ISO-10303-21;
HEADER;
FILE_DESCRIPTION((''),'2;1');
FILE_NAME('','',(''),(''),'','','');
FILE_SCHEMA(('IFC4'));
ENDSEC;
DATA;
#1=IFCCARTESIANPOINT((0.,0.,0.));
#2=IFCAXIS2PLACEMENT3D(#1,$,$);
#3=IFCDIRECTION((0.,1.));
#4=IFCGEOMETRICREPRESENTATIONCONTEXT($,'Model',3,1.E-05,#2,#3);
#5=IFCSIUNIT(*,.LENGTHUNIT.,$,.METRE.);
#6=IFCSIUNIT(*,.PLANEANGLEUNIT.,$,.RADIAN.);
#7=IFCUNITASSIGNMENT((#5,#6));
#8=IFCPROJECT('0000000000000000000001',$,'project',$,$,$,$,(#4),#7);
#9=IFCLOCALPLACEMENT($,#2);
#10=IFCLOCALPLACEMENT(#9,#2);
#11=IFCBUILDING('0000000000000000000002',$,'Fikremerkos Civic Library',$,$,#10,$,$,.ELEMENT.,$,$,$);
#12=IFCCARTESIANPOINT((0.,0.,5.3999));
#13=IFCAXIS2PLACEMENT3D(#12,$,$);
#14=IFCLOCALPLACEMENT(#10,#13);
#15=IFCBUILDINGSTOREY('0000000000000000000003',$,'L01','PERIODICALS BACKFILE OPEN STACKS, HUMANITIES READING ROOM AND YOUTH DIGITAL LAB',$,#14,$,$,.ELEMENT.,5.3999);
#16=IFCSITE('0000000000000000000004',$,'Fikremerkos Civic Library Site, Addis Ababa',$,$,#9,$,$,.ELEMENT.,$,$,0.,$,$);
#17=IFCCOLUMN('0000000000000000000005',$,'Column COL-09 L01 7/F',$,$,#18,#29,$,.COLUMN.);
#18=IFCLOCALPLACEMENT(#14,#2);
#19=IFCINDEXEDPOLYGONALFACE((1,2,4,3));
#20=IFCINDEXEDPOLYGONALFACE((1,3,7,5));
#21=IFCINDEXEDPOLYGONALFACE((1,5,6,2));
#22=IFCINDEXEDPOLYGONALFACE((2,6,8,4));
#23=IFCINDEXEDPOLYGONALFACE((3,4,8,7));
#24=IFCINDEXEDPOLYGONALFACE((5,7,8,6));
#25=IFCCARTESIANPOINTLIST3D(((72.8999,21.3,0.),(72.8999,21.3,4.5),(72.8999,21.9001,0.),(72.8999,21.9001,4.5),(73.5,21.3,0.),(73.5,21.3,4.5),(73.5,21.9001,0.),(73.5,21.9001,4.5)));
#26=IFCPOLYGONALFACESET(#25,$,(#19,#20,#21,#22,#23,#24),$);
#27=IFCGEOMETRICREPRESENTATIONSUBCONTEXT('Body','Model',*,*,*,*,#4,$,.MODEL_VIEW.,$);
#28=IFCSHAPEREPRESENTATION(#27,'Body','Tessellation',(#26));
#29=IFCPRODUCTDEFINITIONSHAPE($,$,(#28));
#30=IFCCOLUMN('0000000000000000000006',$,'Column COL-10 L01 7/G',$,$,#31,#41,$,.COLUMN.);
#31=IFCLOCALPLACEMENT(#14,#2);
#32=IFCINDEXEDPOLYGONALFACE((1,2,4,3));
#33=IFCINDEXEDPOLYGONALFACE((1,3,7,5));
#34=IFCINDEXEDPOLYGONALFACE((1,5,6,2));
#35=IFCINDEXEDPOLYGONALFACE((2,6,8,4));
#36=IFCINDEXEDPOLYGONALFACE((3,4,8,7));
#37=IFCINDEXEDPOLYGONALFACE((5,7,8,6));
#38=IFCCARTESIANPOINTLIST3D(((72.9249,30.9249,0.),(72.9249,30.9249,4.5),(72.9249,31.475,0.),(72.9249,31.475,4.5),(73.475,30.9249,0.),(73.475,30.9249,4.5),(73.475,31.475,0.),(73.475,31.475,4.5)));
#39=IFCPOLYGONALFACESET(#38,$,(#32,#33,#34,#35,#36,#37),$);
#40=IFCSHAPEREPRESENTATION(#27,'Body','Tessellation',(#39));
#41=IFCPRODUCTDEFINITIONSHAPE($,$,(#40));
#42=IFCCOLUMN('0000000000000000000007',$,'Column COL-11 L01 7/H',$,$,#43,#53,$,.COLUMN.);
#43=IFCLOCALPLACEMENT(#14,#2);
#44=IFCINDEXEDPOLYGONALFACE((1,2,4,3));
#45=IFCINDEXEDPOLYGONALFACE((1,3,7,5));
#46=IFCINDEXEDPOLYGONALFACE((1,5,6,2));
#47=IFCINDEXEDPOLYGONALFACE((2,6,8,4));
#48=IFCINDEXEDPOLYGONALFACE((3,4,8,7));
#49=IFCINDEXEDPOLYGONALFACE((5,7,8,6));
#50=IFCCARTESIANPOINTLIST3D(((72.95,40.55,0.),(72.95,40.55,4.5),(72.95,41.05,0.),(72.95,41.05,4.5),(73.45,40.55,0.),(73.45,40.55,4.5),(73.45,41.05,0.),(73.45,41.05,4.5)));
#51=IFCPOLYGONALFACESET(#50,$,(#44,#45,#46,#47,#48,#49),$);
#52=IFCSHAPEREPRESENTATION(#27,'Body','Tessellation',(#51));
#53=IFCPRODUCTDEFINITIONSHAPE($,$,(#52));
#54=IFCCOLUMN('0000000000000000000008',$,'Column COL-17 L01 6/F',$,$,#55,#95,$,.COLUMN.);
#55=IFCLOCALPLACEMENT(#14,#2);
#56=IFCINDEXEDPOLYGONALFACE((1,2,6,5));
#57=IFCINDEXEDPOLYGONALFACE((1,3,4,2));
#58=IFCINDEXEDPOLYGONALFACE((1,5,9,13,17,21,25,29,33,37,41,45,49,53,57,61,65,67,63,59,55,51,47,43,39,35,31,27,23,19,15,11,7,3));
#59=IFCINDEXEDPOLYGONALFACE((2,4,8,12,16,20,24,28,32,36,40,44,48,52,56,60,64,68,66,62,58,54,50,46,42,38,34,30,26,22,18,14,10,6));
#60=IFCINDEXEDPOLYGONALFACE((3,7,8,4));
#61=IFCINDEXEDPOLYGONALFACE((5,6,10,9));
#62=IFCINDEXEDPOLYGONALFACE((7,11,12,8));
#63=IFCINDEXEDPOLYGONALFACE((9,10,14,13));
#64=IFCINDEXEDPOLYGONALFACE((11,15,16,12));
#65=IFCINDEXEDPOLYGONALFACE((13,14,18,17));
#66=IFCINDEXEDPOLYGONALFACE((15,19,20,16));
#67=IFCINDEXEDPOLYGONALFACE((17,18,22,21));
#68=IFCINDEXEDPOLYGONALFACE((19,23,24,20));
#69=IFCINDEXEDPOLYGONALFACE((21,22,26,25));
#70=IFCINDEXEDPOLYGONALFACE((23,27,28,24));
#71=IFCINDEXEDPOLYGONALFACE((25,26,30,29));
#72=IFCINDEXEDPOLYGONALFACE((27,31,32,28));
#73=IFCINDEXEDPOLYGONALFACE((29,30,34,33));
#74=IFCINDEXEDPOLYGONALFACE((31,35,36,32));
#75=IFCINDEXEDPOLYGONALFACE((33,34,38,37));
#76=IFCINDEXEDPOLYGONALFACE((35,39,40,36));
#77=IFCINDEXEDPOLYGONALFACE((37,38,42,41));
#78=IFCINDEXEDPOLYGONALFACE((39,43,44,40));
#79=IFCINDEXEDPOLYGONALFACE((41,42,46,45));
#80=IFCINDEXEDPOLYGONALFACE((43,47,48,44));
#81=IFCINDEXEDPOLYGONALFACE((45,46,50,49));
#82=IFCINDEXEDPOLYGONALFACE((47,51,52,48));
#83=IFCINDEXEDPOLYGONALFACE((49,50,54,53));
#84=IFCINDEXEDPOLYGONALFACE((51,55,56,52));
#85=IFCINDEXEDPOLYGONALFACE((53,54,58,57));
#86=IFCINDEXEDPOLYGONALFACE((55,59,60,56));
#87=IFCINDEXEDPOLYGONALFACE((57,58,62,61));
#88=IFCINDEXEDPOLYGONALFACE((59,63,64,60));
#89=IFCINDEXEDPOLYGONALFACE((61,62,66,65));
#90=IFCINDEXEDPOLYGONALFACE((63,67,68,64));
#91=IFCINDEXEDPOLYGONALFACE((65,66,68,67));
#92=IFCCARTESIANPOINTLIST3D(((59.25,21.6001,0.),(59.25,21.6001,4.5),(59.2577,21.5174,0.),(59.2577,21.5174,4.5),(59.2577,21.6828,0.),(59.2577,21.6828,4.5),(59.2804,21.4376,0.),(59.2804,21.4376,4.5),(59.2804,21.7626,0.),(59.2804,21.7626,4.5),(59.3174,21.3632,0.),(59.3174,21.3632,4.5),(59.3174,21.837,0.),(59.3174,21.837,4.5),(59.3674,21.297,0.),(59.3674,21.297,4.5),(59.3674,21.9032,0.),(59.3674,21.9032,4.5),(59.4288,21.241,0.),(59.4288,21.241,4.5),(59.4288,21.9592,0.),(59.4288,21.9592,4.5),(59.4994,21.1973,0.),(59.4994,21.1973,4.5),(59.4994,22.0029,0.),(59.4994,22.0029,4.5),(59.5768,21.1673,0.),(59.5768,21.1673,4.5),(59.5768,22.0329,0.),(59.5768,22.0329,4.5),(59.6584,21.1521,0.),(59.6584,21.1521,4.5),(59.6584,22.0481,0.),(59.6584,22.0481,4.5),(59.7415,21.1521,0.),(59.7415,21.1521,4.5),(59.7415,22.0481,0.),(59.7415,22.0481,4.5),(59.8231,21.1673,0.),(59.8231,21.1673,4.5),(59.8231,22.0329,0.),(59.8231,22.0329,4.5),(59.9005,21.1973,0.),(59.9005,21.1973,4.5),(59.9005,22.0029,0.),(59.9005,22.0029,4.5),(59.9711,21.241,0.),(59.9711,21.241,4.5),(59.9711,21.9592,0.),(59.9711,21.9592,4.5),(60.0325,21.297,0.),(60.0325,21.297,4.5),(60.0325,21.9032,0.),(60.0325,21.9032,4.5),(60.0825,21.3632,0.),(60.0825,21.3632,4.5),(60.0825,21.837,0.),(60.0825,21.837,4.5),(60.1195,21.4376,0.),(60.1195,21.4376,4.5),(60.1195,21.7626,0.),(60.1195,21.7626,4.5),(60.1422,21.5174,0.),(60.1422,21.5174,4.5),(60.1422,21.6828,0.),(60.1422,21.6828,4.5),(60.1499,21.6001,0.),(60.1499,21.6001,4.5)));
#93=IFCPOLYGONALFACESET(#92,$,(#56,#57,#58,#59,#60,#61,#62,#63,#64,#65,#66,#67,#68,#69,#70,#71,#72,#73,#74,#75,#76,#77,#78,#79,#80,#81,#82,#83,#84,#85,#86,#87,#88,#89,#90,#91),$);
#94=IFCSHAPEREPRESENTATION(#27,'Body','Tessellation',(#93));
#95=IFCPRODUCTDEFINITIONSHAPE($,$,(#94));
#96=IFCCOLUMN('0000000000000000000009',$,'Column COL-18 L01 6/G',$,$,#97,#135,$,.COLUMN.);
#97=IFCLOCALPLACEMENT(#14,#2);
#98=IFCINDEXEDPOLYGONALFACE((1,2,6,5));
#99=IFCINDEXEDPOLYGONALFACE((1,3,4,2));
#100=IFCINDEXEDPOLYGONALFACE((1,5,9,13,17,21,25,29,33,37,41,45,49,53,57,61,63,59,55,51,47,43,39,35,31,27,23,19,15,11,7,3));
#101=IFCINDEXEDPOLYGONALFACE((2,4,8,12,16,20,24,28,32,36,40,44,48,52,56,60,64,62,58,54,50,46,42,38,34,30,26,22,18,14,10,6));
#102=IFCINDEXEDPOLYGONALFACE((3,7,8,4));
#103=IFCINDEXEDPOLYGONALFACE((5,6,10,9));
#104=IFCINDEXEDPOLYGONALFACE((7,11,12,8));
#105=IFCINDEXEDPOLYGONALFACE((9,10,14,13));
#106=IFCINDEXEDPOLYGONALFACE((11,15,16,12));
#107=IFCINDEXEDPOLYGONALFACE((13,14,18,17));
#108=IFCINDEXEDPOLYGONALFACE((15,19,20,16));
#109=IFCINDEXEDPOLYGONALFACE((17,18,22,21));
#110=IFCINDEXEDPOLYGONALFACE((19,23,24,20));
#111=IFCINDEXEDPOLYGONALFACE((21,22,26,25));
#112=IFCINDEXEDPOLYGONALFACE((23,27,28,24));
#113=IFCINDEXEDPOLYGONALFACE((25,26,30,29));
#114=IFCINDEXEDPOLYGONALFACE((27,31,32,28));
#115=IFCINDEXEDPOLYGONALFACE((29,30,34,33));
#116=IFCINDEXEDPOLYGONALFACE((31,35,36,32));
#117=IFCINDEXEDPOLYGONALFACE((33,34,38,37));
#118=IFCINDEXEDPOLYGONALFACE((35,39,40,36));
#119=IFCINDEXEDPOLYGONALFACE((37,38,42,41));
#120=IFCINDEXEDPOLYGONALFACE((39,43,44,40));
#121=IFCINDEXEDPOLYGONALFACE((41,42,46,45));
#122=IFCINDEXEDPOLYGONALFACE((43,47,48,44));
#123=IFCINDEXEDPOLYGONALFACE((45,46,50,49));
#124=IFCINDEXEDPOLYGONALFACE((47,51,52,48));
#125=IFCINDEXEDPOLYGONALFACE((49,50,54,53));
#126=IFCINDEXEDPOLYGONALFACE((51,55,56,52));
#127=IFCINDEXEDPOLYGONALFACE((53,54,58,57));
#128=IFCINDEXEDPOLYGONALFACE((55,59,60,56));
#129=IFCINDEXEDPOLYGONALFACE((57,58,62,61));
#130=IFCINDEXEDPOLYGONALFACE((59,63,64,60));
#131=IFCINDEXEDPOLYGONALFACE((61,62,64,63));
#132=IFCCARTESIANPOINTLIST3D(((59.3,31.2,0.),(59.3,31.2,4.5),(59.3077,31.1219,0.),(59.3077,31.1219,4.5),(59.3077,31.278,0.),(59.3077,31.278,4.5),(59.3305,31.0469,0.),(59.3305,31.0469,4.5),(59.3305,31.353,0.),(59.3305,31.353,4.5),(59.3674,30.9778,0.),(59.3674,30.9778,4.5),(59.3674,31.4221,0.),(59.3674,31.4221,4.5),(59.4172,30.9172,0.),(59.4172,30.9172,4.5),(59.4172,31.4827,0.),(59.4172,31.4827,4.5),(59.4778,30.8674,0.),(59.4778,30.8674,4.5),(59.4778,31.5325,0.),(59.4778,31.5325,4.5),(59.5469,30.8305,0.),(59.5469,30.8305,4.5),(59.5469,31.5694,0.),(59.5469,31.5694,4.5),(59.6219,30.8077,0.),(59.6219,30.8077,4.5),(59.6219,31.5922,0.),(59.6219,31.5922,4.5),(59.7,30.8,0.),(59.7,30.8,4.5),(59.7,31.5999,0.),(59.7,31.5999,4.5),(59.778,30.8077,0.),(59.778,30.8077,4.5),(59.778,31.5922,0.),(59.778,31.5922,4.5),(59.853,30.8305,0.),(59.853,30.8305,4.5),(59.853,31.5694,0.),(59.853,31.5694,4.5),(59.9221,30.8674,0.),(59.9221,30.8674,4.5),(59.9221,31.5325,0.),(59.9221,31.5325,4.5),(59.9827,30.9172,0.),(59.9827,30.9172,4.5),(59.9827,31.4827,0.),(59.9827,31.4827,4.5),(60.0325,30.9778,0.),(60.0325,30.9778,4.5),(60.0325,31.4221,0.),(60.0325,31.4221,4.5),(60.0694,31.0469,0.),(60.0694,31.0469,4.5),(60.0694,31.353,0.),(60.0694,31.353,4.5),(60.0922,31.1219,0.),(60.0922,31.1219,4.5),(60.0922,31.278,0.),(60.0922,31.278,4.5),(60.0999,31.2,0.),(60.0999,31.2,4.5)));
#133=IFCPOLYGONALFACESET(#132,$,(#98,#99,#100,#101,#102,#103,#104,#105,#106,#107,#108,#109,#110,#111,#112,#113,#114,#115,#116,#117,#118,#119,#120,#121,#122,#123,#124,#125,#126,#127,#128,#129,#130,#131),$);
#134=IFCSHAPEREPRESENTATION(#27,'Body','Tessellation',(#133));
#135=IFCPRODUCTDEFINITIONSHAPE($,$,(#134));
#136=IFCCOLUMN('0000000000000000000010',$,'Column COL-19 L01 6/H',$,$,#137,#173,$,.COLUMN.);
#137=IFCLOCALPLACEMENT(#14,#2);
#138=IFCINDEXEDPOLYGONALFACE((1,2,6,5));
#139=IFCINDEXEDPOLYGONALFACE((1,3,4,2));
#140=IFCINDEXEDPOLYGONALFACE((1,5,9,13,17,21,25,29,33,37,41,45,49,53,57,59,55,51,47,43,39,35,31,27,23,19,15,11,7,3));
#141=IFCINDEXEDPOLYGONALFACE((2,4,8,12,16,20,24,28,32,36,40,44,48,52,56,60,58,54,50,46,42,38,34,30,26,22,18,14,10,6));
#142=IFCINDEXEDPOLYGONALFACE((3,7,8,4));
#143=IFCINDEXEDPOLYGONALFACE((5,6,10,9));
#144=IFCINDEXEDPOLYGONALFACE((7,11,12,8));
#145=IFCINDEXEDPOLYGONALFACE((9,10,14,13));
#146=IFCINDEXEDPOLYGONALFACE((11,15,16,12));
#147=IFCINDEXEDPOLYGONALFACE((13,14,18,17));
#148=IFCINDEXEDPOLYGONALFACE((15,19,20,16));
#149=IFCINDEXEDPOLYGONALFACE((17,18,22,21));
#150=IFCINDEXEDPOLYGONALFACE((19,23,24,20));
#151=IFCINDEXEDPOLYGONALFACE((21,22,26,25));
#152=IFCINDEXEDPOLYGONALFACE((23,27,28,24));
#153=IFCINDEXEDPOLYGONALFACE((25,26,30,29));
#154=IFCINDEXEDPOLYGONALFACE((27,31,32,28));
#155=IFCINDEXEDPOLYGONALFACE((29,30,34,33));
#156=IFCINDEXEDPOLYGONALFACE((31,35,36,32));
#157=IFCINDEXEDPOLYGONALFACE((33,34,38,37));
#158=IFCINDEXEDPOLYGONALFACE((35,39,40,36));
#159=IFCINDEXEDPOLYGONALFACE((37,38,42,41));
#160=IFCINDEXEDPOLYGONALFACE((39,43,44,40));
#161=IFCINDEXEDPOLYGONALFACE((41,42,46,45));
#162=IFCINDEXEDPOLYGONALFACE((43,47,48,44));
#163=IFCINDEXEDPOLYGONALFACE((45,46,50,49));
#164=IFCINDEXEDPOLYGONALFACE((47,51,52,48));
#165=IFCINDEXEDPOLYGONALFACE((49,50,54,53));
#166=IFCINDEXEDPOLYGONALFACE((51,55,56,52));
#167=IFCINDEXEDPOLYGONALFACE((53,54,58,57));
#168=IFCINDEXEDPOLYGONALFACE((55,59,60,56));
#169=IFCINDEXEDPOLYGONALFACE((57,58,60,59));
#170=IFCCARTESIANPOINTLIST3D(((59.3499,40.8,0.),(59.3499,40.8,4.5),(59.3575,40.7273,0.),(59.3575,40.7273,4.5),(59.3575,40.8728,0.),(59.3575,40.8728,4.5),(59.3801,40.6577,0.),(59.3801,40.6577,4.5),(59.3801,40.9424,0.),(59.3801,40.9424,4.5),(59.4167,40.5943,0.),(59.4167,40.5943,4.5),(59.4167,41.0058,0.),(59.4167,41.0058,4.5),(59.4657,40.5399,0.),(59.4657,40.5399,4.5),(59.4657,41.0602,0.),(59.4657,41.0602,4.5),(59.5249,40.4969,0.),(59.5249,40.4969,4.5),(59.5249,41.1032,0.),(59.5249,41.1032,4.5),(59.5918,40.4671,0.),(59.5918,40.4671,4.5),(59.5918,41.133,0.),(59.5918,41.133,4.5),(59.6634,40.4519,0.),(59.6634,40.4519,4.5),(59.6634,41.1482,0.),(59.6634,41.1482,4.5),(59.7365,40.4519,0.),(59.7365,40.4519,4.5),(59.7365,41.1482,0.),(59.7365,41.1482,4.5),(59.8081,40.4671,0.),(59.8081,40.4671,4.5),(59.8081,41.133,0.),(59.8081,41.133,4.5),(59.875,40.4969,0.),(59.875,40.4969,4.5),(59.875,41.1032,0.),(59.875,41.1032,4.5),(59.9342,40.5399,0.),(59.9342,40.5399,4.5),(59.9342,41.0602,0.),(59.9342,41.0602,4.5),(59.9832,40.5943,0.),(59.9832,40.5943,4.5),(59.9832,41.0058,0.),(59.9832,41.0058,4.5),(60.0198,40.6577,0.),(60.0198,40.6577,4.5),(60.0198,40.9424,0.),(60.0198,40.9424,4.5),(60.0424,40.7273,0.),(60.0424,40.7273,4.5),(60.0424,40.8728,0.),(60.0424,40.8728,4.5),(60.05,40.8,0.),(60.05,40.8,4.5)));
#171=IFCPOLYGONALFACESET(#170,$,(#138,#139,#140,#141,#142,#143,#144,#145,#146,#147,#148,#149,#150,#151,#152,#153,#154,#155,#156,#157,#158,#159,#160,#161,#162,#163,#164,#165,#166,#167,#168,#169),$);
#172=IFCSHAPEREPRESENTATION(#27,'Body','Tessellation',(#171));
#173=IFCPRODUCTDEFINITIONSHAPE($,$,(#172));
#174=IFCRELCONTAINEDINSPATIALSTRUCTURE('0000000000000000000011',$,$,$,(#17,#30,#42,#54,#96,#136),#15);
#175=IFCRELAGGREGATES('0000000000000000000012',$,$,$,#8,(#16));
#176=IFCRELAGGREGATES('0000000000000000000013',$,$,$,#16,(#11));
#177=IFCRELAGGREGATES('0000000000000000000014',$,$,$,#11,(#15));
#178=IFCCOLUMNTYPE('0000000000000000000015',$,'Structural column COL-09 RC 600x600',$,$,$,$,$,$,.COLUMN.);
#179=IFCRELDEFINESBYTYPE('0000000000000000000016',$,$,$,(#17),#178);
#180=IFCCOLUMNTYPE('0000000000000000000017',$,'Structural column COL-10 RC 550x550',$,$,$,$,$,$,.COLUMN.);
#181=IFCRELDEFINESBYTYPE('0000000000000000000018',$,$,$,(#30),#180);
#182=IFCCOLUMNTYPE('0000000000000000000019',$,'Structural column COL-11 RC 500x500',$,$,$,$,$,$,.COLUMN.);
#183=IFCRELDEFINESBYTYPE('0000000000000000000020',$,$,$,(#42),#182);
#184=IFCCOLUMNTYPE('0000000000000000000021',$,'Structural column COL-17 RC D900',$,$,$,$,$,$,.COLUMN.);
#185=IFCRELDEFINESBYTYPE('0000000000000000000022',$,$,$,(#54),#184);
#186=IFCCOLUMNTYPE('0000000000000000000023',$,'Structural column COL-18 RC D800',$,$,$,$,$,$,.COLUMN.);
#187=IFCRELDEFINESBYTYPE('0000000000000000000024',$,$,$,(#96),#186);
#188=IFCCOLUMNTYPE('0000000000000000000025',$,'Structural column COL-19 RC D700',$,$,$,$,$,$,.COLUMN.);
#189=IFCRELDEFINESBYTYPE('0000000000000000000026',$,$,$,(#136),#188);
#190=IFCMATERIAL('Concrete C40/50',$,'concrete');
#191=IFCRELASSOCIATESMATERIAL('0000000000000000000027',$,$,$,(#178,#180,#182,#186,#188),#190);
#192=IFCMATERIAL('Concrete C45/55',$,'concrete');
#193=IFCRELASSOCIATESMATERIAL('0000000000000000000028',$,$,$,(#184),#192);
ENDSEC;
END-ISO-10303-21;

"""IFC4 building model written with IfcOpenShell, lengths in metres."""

from ifc_helpers import new_model, si_unit, direction, frame, origin, origin_2d, place, context, subcontext, project, spatial, rectangle, circle, extrude, material, material_profile, profile_set, type_object, element, save


model = new_model("IFC4")

# Units and contexts
model_context = context("Model", 3, precision=1e-05, world=origin(), true_north=direction((0.0, 1.0)))
body_context = subcontext(model_context, "Body", "Model", "MODEL_VIEW")
ifc_project = project(units=[si_unit("LENGTHUNIT", "METRE"), si_unit("PLANEANGLEUNIT", "RADIAN")], contexts=[model_context])

# Site, building, storey
site_placement = place(None, origin())
site = spatial("IfcSite", under=ifc_project, at=site_placement, Name="Fikremerkos Civic Library Site, Addis Ababa", CompositionType="ELEMENT", RefElevation=0.0)
building_placement = place(site_placement, origin())
building = spatial("IfcBuilding", under=site, at=building_placement, Name="Fikremerkos Civic Library", CompositionType="ELEMENT")
storey_placement = place(building_placement, frame((0.0, 0.0, 5.3999)))
storey = spatial("IfcBuildingStorey", under=building, at=storey_placement, Name="L01", Description="PERIODICALS BACKFILE OPEN STACKS, HUMANITIES READING ROOM AND YOUTH DIGITAL LAB", CompositionType="ELEMENT", Elevation=5.3999)

# Columns
ifc_material_1 = material(Name="Concrete C40/50", Category="concrete")
ifc_material_profile_1 = material_profile(ifc_material_1, rectangle(XDim=0.6001, YDim=0.6001, at=origin_2d()), Name="RC 600x600")
ifc_profile_set_1 = profile_set([ifc_material_profile_1], Name="Concrete C40/50")
column_type_1 = type_object("IfcColumnType", Name="Structural column COL-09 RC 600x600", PredefinedType="COLUMN", material=ifc_profile_set_1)
column_1_placement = place(storey_placement, frame((73.2, 21.6001, 0.0), z_axis=(0.0, 0.0, 1.0), x_axis=(1.0, 0.0, 0.0)))
element("IfcColumn", 1, at=column_1_placement, inside=storey, type_object=column_type_1, Name="Column COL-09 L01 7/F", PredefinedType="COLUMN", context=body_context, shape_type="SweptSolid", body=[
    extrude(rectangle(XDim=0.6001, YDim=0.6001, at=origin_2d()), origin(), (0.0, 0.0, 1.0), 4.5),
])
ifc_material_profile_2 = material_profile(ifc_material_1, rectangle(XDim=0.55, YDim=0.55, at=origin_2d()), Name="RC 550x550")
ifc_profile_set_2 = profile_set([ifc_material_profile_2], Name="Concrete C40/50")
column_type_2 = type_object("IfcColumnType", Name="Structural column COL-10 RC 550x550", PredefinedType="COLUMN", material=ifc_profile_set_2)
column_2_placement = place(storey_placement, frame((73.2, 31.2, 0.0), z_axis=(0.0, 0.0, 1.0), x_axis=(1.0, 0.0, 0.0)))
element("IfcColumn", 2, at=column_2_placement, inside=storey, type_object=column_type_2, Name="Column COL-10 L01 7/G", PredefinedType="COLUMN", context=body_context, shape_type="SweptSolid", body=[
    extrude(rectangle(XDim=0.55, YDim=0.55, at=origin_2d()), origin(), (0.0, 0.0, 1.0), 4.5),
])
ifc_material_profile_3 = material_profile(ifc_material_1, rectangle(XDim=0.5, YDim=0.5, at=origin_2d()), Name="RC 500x500")
ifc_profile_set_3 = profile_set([ifc_material_profile_3], Name="Concrete C40/50")
column_type_3 = type_object("IfcColumnType", Name="Structural column COL-11 RC 500x500", PredefinedType="COLUMN", material=ifc_profile_set_3)
column_3_placement = place(storey_placement, frame((73.2, 40.8, 0.0), z_axis=(0.0, 0.0, 1.0), x_axis=(1.0, 0.0, 0.0)))
element("IfcColumn", 3, at=column_3_placement, inside=storey, type_object=column_type_3, Name="Column COL-11 L01 7/H", PredefinedType="COLUMN", context=body_context, shape_type="SweptSolid", body=[
    extrude(rectangle(XDim=0.5, YDim=0.5, at=origin_2d()), origin(), (0.0, 0.0, 1.0), 4.5),
])
ifc_material_2 = material(Name="Concrete C45/55", Category="concrete")
ifc_material_profile_4 = material_profile(ifc_material_2, circle(Radius=0.45, at=origin_2d()), Name="RC D900")
ifc_profile_set_4 = profile_set([ifc_material_profile_4], Name="Concrete C45/55")
column_type_4 = type_object("IfcColumnType", Name="Structural column COL-17 RC D900", PredefinedType="COLUMN", material=ifc_profile_set_4)
column_4_placement = place(storey_placement, frame((59.7, 21.6001, 0.0), z_axis=(0.0, 0.0, 1.0), x_axis=(1.0, 0.0, 0.0)))
element("IfcColumn", 4, at=column_4_placement, inside=storey, type_object=column_type_4, Name="Column COL-17 L01 6/F", PredefinedType="COLUMN", context=body_context, shape_type="SweptSolid", body=[
    extrude(circle(Radius=0.45, at=origin_2d()), origin(), (0.0, 0.0, 1.0), 4.5),
])
ifc_material_profile_5 = material_profile(ifc_material_1, circle(Radius=0.3999, at=origin_2d()), Name="RC D800")
ifc_profile_set_5 = profile_set([ifc_material_profile_5], Name="Concrete C40/50")
column_type_5 = type_object("IfcColumnType", Name="Structural column COL-18 RC D800", PredefinedType="COLUMN", material=ifc_profile_set_5)
column_5_placement = place(storey_placement, frame((59.7, 31.2, 0.0), z_axis=(0.0, 0.0, 1.0), x_axis=(1.0, 0.0, 0.0)))
element("IfcColumn", 5, at=column_5_placement, inside=storey, type_object=column_type_5, Name="Column COL-18 L01 6/G", PredefinedType="COLUMN", context=body_context, shape_type="SweptSolid", body=[
    extrude(circle(Radius=0.3999, at=origin_2d()), origin(), (0.0, 0.0, 1.0), 4.5),
])
ifc_material_profile_6 = material_profile(ifc_material_1, circle(Radius=0.3501, at=origin_2d()), Name="RC D700")
ifc_profile_set_6 = profile_set([ifc_material_profile_6], Name="Concrete C40/50")
column_type_6 = type_object("IfcColumnType", Name="Structural column COL-19 RC D700", PredefinedType="COLUMN", material=ifc_profile_set_6)
column_6_placement = place(storey_placement, frame((59.7, 40.8, 0.0), z_axis=(0.0, 0.0, 1.0), x_axis=(1.0, 0.0, 0.0)))
element("IfcColumn", 6, at=column_6_placement, inside=storey, type_object=column_type_6, Name="Column COL-19 L01 6/H", PredefinedType="COLUMN", context=body_context, shape_type="SweptSolid", body=[
    extrude(circle(Radius=0.3501, at=origin_2d()), origin(), (0.0, 0.0, 1.0), 4.5),
])

save(model, "model.ifc")
